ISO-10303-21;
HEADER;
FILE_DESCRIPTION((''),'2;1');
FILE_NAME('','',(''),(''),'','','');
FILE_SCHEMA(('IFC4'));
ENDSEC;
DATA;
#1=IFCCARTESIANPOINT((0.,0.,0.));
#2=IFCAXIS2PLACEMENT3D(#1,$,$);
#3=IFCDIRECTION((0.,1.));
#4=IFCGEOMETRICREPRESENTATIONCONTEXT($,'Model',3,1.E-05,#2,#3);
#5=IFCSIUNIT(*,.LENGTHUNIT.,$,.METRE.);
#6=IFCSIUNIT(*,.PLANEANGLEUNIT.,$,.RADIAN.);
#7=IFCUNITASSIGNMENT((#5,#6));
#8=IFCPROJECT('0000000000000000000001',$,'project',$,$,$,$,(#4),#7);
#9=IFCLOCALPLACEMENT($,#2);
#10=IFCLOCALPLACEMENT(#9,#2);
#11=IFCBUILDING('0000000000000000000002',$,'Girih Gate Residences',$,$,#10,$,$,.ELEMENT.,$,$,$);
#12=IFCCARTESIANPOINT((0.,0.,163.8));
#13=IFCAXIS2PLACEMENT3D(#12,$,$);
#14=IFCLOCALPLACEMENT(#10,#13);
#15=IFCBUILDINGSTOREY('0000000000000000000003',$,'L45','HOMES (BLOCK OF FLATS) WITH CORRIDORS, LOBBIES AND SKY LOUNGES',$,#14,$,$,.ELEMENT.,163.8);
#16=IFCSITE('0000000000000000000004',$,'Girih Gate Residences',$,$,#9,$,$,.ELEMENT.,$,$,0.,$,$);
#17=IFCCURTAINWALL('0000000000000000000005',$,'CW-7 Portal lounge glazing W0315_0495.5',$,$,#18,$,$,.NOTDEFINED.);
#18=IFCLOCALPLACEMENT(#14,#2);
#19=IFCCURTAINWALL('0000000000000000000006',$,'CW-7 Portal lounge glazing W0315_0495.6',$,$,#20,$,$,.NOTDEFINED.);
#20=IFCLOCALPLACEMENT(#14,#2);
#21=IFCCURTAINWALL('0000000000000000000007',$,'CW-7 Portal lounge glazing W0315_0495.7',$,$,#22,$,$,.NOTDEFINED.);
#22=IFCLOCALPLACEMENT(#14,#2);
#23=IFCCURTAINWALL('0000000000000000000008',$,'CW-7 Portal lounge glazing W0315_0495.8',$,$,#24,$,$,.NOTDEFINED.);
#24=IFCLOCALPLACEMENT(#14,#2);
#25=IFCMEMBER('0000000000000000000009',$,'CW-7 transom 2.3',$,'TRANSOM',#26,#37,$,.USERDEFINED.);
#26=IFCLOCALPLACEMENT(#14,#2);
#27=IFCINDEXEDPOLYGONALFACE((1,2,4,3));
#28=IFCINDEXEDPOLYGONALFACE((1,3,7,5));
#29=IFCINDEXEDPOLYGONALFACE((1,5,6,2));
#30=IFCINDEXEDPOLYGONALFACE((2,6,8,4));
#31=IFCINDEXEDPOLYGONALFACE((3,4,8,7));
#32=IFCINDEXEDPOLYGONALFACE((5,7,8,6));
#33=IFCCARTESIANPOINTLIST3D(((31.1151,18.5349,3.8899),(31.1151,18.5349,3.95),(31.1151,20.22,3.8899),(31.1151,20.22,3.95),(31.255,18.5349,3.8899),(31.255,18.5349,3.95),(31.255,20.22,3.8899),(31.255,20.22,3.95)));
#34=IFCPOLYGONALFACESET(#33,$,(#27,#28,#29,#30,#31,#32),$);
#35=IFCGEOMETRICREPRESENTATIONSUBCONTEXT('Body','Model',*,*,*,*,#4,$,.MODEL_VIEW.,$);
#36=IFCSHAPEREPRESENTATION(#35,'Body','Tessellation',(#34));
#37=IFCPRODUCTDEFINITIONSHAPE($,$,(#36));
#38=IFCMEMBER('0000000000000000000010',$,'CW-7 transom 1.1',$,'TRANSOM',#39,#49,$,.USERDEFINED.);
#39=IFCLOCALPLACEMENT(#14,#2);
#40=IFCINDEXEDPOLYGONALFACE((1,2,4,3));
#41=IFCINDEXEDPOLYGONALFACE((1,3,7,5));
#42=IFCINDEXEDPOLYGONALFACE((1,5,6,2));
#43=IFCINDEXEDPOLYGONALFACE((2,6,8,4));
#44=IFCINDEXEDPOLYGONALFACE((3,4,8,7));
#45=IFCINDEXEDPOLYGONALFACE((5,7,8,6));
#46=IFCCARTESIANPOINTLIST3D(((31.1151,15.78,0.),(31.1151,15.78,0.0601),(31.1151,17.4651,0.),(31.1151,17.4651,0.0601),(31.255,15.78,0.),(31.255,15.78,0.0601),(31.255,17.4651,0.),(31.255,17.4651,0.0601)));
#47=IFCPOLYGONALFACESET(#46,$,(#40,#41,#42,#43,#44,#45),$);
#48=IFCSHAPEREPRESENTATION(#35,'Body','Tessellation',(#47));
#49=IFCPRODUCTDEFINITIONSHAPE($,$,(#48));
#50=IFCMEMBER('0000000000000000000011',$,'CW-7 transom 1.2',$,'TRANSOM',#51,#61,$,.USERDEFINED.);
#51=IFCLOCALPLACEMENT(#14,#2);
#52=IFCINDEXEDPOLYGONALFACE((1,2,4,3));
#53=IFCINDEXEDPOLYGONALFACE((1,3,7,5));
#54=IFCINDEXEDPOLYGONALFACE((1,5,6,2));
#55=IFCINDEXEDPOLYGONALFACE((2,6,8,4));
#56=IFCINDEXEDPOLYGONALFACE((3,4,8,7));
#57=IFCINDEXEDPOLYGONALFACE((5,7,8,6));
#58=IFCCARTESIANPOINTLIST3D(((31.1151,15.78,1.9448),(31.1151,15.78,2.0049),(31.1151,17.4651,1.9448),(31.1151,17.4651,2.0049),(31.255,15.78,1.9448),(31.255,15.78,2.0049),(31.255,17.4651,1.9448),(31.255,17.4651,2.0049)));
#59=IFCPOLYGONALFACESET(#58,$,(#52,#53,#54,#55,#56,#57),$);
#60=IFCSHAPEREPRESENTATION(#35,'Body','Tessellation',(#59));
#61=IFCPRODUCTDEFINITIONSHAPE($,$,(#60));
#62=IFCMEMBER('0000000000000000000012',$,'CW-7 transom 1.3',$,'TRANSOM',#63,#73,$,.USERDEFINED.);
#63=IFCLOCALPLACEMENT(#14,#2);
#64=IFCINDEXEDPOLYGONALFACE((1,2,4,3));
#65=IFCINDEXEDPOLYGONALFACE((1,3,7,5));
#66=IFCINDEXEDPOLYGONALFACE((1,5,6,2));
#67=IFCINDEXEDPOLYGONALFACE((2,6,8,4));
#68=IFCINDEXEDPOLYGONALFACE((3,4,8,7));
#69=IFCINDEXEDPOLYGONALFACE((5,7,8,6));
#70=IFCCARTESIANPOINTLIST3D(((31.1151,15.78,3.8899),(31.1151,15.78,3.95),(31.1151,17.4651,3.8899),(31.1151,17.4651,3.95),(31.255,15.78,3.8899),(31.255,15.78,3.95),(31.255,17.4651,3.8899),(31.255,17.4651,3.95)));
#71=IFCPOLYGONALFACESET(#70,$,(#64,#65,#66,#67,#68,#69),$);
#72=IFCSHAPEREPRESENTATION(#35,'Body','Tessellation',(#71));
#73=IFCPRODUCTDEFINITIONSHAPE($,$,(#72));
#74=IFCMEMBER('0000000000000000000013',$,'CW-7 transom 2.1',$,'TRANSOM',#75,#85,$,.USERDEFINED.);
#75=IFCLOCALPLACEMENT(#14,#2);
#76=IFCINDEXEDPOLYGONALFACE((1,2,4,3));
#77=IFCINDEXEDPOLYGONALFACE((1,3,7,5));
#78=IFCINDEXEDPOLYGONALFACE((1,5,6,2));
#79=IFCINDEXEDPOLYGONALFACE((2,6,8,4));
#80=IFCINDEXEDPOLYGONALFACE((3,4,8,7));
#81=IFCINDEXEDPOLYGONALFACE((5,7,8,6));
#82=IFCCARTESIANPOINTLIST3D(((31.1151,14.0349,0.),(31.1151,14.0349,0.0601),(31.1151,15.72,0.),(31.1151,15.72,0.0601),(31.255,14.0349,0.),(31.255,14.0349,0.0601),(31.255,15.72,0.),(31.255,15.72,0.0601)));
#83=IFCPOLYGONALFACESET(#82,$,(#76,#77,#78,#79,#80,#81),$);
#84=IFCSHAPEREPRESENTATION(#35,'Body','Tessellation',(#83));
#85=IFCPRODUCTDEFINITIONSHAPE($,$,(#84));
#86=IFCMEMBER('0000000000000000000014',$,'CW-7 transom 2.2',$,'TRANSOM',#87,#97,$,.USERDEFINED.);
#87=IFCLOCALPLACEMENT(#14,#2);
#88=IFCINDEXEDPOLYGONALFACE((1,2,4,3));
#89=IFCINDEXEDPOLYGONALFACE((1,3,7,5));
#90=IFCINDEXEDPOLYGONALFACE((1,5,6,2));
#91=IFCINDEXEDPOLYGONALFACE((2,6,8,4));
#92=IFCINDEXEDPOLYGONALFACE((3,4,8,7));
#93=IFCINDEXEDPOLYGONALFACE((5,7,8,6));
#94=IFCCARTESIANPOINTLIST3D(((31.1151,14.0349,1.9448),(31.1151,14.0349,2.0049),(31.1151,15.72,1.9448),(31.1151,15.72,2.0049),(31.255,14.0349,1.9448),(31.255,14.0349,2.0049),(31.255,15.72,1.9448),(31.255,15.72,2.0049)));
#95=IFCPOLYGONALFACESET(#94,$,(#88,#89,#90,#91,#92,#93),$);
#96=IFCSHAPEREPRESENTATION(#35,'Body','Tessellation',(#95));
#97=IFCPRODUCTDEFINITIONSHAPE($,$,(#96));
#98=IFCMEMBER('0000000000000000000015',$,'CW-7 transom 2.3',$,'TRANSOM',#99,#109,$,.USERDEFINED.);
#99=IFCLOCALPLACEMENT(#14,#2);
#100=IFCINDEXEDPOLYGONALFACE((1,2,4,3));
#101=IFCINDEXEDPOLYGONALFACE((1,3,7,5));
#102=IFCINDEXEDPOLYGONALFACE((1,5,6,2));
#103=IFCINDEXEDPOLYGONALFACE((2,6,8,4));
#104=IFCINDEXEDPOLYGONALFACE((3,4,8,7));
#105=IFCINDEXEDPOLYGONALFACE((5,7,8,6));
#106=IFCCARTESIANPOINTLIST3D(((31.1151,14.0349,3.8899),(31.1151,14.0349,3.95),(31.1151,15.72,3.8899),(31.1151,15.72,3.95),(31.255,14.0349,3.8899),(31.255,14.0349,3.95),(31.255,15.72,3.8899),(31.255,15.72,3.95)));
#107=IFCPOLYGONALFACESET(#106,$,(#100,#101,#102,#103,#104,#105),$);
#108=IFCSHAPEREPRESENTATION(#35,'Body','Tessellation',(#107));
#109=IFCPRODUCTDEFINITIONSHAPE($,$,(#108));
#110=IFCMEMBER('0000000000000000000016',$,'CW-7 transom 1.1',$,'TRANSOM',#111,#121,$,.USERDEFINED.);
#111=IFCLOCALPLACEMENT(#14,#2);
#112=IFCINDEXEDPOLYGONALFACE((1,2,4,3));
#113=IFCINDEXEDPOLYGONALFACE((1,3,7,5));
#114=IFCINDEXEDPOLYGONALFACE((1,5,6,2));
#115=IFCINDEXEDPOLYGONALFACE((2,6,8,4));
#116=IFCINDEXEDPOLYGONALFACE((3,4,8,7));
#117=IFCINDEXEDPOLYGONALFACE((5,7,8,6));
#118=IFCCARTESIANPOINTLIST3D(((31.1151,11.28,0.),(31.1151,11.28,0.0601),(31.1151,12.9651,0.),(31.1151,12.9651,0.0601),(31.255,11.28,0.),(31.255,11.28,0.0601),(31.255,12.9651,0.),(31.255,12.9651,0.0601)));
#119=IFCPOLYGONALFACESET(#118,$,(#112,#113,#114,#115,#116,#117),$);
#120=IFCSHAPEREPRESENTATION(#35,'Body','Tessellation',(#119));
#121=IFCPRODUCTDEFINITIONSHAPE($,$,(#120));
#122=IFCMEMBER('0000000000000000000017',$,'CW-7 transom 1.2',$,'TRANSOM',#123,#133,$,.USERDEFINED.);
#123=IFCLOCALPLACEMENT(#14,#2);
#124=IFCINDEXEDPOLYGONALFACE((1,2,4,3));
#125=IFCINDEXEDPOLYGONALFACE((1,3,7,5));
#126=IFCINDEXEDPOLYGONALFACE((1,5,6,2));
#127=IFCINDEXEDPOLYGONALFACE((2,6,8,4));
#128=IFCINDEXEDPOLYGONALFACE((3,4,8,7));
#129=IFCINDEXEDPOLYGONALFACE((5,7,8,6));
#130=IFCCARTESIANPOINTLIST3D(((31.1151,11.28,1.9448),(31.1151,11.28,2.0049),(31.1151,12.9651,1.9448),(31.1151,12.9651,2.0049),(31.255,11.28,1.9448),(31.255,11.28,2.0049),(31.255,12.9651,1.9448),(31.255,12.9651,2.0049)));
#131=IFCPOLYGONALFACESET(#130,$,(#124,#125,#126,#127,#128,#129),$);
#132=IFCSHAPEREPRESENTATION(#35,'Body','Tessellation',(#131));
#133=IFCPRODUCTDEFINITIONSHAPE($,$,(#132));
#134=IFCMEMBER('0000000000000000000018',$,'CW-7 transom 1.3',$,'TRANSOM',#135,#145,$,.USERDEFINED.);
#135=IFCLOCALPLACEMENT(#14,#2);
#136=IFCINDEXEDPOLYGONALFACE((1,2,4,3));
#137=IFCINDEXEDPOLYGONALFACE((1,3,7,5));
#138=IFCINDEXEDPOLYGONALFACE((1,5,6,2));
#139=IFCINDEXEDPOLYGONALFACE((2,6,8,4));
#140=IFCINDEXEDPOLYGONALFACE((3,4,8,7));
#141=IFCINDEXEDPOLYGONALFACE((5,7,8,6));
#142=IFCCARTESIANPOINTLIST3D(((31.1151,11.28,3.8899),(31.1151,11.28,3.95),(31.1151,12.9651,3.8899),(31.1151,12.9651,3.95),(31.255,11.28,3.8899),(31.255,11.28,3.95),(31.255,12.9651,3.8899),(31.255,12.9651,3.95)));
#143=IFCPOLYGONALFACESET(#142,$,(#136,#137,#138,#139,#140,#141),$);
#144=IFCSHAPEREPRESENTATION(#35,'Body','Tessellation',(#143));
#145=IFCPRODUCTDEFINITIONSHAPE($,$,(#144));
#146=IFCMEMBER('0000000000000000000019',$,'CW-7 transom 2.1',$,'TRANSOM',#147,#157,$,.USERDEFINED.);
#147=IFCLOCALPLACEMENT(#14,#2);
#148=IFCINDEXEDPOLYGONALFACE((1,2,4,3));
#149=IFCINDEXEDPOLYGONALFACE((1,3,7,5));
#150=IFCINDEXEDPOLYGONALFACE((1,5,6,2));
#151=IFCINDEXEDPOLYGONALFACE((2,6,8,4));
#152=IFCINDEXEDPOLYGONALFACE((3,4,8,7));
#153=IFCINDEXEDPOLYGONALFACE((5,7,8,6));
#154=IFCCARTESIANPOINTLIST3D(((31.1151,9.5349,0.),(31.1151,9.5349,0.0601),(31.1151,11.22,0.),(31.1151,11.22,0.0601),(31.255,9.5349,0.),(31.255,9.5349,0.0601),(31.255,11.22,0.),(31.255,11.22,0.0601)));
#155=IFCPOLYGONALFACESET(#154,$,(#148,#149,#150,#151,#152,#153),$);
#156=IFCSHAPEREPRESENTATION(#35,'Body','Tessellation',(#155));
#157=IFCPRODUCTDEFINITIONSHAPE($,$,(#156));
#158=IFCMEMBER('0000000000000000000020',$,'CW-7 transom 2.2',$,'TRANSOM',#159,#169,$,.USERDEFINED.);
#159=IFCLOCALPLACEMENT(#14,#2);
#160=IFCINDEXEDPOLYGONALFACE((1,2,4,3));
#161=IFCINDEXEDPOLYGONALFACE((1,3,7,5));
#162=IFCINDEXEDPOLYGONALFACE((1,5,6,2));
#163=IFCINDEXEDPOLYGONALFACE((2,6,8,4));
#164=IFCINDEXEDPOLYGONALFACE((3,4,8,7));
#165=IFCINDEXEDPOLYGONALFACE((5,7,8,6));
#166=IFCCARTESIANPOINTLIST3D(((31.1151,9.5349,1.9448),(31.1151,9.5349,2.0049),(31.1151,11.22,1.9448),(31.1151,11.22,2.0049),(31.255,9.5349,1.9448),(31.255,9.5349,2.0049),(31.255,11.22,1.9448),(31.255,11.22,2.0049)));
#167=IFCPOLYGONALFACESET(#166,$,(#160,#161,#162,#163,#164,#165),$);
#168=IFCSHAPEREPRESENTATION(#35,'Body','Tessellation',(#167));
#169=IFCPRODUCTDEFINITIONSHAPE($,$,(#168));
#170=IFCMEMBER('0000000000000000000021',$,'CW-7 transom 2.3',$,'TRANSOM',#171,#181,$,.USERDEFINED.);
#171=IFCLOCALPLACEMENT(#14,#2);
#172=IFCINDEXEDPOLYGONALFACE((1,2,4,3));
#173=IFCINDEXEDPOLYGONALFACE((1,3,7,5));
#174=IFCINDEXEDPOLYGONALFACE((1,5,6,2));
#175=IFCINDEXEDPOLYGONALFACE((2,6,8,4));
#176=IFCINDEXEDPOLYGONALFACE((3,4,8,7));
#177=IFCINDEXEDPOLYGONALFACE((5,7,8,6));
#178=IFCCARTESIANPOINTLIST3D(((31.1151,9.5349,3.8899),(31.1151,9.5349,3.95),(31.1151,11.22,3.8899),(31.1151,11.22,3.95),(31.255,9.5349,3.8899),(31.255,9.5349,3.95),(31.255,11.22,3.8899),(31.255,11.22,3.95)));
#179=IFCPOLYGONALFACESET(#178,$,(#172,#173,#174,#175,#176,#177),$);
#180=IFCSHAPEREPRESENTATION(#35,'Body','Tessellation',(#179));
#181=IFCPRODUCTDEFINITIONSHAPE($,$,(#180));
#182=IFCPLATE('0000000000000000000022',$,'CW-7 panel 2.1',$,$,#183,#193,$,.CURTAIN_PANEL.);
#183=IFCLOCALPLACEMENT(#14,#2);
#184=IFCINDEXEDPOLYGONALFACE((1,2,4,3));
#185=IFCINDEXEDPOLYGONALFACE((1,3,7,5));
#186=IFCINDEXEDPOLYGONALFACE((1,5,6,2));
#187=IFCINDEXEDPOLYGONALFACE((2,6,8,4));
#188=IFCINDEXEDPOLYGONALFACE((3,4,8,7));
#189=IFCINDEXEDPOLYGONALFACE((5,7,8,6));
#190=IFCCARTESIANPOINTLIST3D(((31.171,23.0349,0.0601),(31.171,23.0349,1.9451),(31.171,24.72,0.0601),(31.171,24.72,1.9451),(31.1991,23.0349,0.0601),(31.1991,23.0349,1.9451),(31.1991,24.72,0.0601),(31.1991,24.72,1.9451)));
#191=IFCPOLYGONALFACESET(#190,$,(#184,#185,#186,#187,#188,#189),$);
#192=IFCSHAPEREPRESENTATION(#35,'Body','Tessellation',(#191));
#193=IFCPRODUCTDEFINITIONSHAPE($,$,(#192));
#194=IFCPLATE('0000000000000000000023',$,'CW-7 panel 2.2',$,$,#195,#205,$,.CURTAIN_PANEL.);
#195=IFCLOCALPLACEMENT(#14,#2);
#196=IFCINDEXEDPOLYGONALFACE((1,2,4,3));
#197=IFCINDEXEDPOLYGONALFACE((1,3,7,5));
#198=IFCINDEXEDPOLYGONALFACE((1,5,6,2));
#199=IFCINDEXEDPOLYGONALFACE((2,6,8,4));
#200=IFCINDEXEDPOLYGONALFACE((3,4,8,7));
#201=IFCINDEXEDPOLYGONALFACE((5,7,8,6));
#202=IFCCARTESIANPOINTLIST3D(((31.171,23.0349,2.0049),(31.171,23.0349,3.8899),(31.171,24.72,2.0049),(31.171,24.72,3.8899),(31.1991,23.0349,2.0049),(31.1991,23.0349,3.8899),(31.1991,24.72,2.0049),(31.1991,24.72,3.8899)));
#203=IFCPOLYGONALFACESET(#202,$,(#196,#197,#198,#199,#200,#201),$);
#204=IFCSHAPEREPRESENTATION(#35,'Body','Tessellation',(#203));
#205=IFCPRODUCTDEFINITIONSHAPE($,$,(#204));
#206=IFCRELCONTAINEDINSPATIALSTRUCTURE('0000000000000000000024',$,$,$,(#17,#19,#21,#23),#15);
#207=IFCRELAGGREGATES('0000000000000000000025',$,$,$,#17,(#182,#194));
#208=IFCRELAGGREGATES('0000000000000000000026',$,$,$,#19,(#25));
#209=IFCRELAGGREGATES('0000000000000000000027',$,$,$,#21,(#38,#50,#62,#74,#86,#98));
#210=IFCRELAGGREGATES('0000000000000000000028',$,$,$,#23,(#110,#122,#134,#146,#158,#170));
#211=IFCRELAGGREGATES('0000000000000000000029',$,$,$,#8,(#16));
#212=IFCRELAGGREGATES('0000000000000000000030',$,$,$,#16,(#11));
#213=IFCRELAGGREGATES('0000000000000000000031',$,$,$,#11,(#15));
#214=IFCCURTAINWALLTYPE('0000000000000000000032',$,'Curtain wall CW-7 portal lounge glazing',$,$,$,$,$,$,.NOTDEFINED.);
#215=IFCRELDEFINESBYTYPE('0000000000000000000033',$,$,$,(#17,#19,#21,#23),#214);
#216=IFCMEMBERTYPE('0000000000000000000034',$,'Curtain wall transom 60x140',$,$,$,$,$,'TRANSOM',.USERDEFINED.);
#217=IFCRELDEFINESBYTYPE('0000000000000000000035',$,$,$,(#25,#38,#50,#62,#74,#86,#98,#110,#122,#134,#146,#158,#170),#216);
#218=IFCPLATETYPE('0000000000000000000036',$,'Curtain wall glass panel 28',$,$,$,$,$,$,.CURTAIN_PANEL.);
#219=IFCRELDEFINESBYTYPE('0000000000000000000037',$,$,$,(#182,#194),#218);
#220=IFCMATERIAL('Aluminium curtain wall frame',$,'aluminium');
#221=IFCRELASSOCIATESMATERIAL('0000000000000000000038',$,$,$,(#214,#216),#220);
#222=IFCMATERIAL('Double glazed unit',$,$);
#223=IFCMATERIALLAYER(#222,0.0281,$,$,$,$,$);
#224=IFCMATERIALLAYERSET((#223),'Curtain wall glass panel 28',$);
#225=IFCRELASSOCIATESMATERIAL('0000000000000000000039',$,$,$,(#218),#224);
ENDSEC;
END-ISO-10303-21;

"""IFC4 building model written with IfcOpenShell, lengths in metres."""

from ifc_helpers import new_model, si_unit, direction, frame, origin, origin_2d, place, context, subcontext, project, spatial, rectangle, extrude, material, layer, layer_set, material_profile, profile_set, type_object, element, aggregate, save


model = new_model("IFC4")

# Units and contexts
model_context = context("Model", 3, precision=1e-05, world=origin(), true_north=direction((0.0, 1.0)))
body_context = subcontext(model_context, "Body", "Model", "MODEL_VIEW")
ifc_project = project(units=[si_unit("LENGTHUNIT", "METRE"), si_unit("PLANEANGLEUNIT", "RADIAN")], contexts=[model_context])

# Site, building, storey
site_placement = place(None, origin())
site = spatial("IfcSite", under=ifc_project, at=site_placement, Name="Girih Gate Residences", CompositionType="ELEMENT", RefElevation=0.0)
building_placement = place(site_placement, origin())
building = spatial("IfcBuilding", under=site, at=building_placement, Name="Girih Gate Residences", CompositionType="ELEMENT")
storey_placement = place(building_placement, frame((0.0, 0.0, 163.8)))
storey = spatial("IfcBuildingStorey", under=building, at=storey_placement, Name="L45", Description="HOMES (BLOCK OF FLATS) WITH CORRIDORS, LOBBIES AND SKY LOUNGES", CompositionType="ELEMENT", Elevation=163.8)

# Curtain wall
ifc_material_1 = material(Name="Aluminium curtain wall frame", Category="aluminium")
curtain_wall_type = type_object("IfcCurtainWallType", Name="Curtain wall CW-7 portal lounge glazing", PredefinedType="NOTDEFINED", material=ifc_material_1)
curtain_wall_1_placement = place(storey_placement, origin())
curtain_wall_1 = element("IfcCurtainWall", 1, at=curtain_wall_1_placement, inside=storey, type_object=curtain_wall_type, Name="CW-7 Portal lounge glazing W0315_0495.5", PredefinedType="NOTDEFINED")

# Curtain walls
curtain_wall_2_placement = place(storey_placement, origin())
curtain_wall_2 = element("IfcCurtainWall", 2, at=curtain_wall_2_placement, inside=storey, type_object=curtain_wall_type, Name="CW-7 Portal lounge glazing W0315_0495.6", PredefinedType="NOTDEFINED")
curtain_wall_3_placement = place(storey_placement, origin())
curtain_wall_3 = element("IfcCurtainWall", 3, at=curtain_wall_3_placement, inside=storey, type_object=curtain_wall_type, Name="CW-7 Portal lounge glazing W0315_0495.7", PredefinedType="NOTDEFINED")
curtain_wall_4_placement = place(storey_placement, origin())
curtain_wall_4 = element("IfcCurtainWall", 4, at=curtain_wall_4_placement, inside=storey, type_object=curtain_wall_type, Name="CW-7 Portal lounge glazing W0315_0495.8", PredefinedType="NOTDEFINED")

# Members
ifc_material_profile_1 = material_profile(ifc_material_1, rectangle(XDim=0.1399, YDim=0.0601, at=origin_2d()))
ifc_profile_set_1 = profile_set([ifc_material_profile_1], Name="Aluminium curtain wall frame")
member_type_1 = type_object("IfcMemberType", Name="Curtain wall transom 60x140", ElementType="TRANSOM", PredefinedType="USERDEFINED", material=ifc_profile_set_1)
member_1_placement = place(storey_placement, frame((31.1851, 20.22, 3.9199), z_axis=(0.0, -1.0, 0.0), x_axis=(1.0, 0.0, 0.0)))
member_1 = element("IfcMember", 5, at=member_1_placement, type_object=member_type_1, Name="CW-7 transom 2.3", ObjectType="TRANSOM", PredefinedType="USERDEFINED", context=body_context, shape_type="SweptSolid", body=[
    extrude(rectangle(XDim=0.1399, YDim=0.0601, at=origin_2d()), origin(), (0.0, 0.0, 1.0), 1.6851),
])
member_2_placement = place(storey_placement, frame((31.1851, 17.4651, 0.03), z_axis=(0.0, -1.0, 0.0), x_axis=(1.0, 0.0, 0.0)))
member_2 = element("IfcMember", 6, at=member_2_placement, type_object=member_type_1, Name="CW-7 transom 1.1", ObjectType="TRANSOM", PredefinedType="USERDEFINED", context=body_context, shape_type="SweptSolid", body=[
    extrude(rectangle(XDim=0.1399, YDim=0.0601, at=origin_2d()), origin(), (0.0, 0.0, 1.0), 1.6851),
])
member_3_placement = place(storey_placement, frame((31.1851, 17.4651, 1.9749), z_axis=(0.0, -1.0, 0.0), x_axis=(1.0, 0.0, 0.0)))
member_3 = element("IfcMember", 7, at=member_3_placement, type_object=member_type_1, Name="CW-7 transom 1.2", ObjectType="TRANSOM", PredefinedType="USERDEFINED", context=body_context, shape_type="SweptSolid", body=[
    extrude(rectangle(XDim=0.1399, YDim=0.0601, at=origin_2d()), origin(), (0.0, 0.0, 1.0), 1.6851),
])
member_4_placement = place(storey_placement, frame((31.1851, 17.4651, 3.9199), z_axis=(0.0, -1.0, 0.0), x_axis=(1.0, 0.0, 0.0)))
member_4 = element("IfcMember", 8, at=member_4_placement, type_object=member_type_1, Name="CW-7 transom 1.3", ObjectType="TRANSOM", PredefinedType="USERDEFINED", context=body_context, shape_type="SweptSolid", body=[
    extrude(rectangle(XDim=0.1399, YDim=0.0601, at=origin_2d()), origin(), (0.0, 0.0, 1.0), 1.6851),
])
member_5_placement = place(storey_placement, frame((31.1851, 15.72, 0.03), z_axis=(0.0, -1.0, 0.0), x_axis=(1.0, 0.0, 0.0)))
member_5 = element("IfcMember", 9, at=member_5_placement, type_object=member_type_1, Name="CW-7 transom 2.1", ObjectType="TRANSOM", PredefinedType="USERDEFINED", context=body_context, shape_type="SweptSolid", body=[
    extrude(rectangle(XDim=0.1399, YDim=0.0601, at=origin_2d()), origin(), (0.0, 0.0, 1.0), 1.6851),
])
member_6_placement = place(storey_placement, frame((31.1851, 15.72, 1.9749), z_axis=(0.0, -1.0, 0.0), x_axis=(1.0, 0.0, 0.0)))
member_6 = element("IfcMember", 10, at=member_6_placement, type_object=member_type_1, Name="CW-7 transom 2.2", ObjectType="TRANSOM", PredefinedType="USERDEFINED", context=body_context, shape_type="SweptSolid", body=[
    extrude(rectangle(XDim=0.1399, YDim=0.0601, at=origin_2d()), origin(), (0.0, 0.0, 1.0), 1.6851),
])
member_7_placement = place(storey_placement, frame((31.1851, 15.72, 3.9199), z_axis=(0.0, -1.0, 0.0), x_axis=(1.0, 0.0, 0.0)))
member_7 = element("IfcMember", 11, at=member_7_placement, type_object=member_type_1, Name="CW-7 transom 2.3", ObjectType="TRANSOM", PredefinedType="USERDEFINED", context=body_context, shape_type="SweptSolid", body=[
    extrude(rectangle(XDim=0.1399, YDim=0.0601, at=origin_2d()), origin(), (0.0, 0.0, 1.0), 1.6851),
])
member_8_placement = place(storey_placement, frame((31.1851, 12.9651, 0.03), z_axis=(0.0, -1.0, 0.0), x_axis=(1.0, 0.0, 0.0)))
member_8 = element("IfcMember", 12, at=member_8_placement, type_object=member_type_1, Name="CW-7 transom 1.1", ObjectType="TRANSOM", PredefinedType="USERDEFINED", context=body_context, shape_type="SweptSolid", body=[
    extrude(rectangle(XDim=0.1399, YDim=0.0601, at=origin_2d()), origin(), (0.0, 0.0, 1.0), 1.6851),
])
member_9_placement = place(storey_placement, frame((31.1851, 12.9651, 1.9749), z_axis=(0.0, -1.0, 0.0), x_axis=(1.0, 0.0, 0.0)))
member_9 = element("IfcMember", 13, at=member_9_placement, type_object=member_type_1, Name="CW-7 transom 1.2", ObjectType="TRANSOM", PredefinedType="USERDEFINED", context=body_context, shape_type="SweptSolid", body=[
    extrude(rectangle(XDim=0.1399, YDim=0.0601, at=origin_2d()), origin(), (0.0, 0.0, 1.0), 1.6851),
])
member_10_placement = place(storey_placement, frame((31.1851, 12.9651, 3.9199), z_axis=(0.0, -1.0, 0.0), x_axis=(1.0, 0.0, 0.0)))
member_10 = element("IfcMember", 14, at=member_10_placement, type_object=member_type_1, Name="CW-7 transom 1.3", ObjectType="TRANSOM", PredefinedType="USERDEFINED", context=body_context, shape_type="SweptSolid", body=[
    extrude(rectangle(XDim=0.1399, YDim=0.0601, at=origin_2d()), origin(), (0.0, 0.0, 1.0), 1.6851),
])
member_11_placement = place(storey_placement, frame((31.1851, 11.22, 0.03), z_axis=(0.0, -1.0, 0.0), x_axis=(1.0, 0.0, 0.0)))
member_11 = element("IfcMember", 15, at=member_11_placement, type_object=member_type_1, Name="CW-7 transom 2.1", ObjectType="TRANSOM", PredefinedType="USERDEFINED", context=body_context, shape_type="SweptSolid", body=[
    extrude(rectangle(XDim=0.1399, YDim=0.0601, at=origin_2d()), origin(), (0.0, 0.0, 1.0), 1.6851),
])
member_12_placement = place(storey_placement, frame((31.1851, 11.22, 1.9749), z_axis=(0.0, -1.0, 0.0), x_axis=(1.0, 0.0, 0.0)))
member_12 = element("IfcMember", 16, at=member_12_placement, type_object=member_type_1, Name="CW-7 transom 2.2", ObjectType="TRANSOM", PredefinedType="USERDEFINED", context=body_context, shape_type="SweptSolid", body=[
    extrude(rectangle(XDim=0.1399, YDim=0.0601, at=origin_2d()), origin(), (0.0, 0.0, 1.0), 1.6851),
])
member_13_placement = place(storey_placement, frame((31.1851, 11.22, 3.9199), z_axis=(0.0, -1.0, 0.0), x_axis=(1.0, 0.0, 0.0)))
member_13 = element("IfcMember", 17, at=member_13_placement, type_object=member_type_1, Name="CW-7 transom 2.3", ObjectType="TRANSOM", PredefinedType="USERDEFINED", context=body_context, shape_type="SweptSolid", body=[
    extrude(rectangle(XDim=0.1399, YDim=0.0601, at=origin_2d()), origin(), (0.0, 0.0, 1.0), 1.6851),
])

# Plates
ifc_material_2 = material(Name="Double glazed unit")
ifc_layer = layer(ifc_material_2, 0.0281)
ifc_layer_set = layer_set([ifc_layer], Name="Curtain wall glass panel 28")
plate_type = type_object("IfcPlateType", Name="Curtain wall glass panel 28", PredefinedType="CURTAIN_PANEL", material=ifc_layer_set)
plate_1_placement = place(storey_placement, frame((31.1851, 23.8774, 0.0601), z_axis=(0.0, 0.0, 1.0), x_axis=(0.0, -1.0, 0.0)))
plate_1 = element("IfcPlate", 18, at=plate_1_placement, type_object=plate_type, Name="CW-7 panel 2.1", PredefinedType="CURTAIN_PANEL", context=body_context, shape_type="SweptSolid", body=[
    extrude(rectangle(XDim=1.6851, YDim=0.0281, at=origin_2d()), origin(), (0.0, 0.0, 1.0), 1.885),
])
plate_2_placement = place(storey_placement, frame((31.1851, 23.8774, 2.0049), z_axis=(0.0, 0.0, 1.0), x_axis=(0.0, -1.0, 0.0)))
plate_2 = element("IfcPlate", 19, at=plate_2_placement, type_object=plate_type, Name="CW-7 panel 2.2", PredefinedType="CURTAIN_PANEL", context=body_context, shape_type="SweptSolid", body=[
    extrude(rectangle(XDim=1.6851, YDim=0.0281, at=origin_2d()), origin(), (0.0, 0.0, 1.0), 1.885),
])
aggregate(curtain_wall_1, [plate_1, plate_2])
aggregate(curtain_wall_2, [member_1])
aggregate(curtain_wall_3, [member_2, member_3, member_4, member_5, member_6, member_7])
aggregate(curtain_wall_4, [member_8, member_9, member_10, member_11, member_12, member_13])

save(model, "model.ifc")
